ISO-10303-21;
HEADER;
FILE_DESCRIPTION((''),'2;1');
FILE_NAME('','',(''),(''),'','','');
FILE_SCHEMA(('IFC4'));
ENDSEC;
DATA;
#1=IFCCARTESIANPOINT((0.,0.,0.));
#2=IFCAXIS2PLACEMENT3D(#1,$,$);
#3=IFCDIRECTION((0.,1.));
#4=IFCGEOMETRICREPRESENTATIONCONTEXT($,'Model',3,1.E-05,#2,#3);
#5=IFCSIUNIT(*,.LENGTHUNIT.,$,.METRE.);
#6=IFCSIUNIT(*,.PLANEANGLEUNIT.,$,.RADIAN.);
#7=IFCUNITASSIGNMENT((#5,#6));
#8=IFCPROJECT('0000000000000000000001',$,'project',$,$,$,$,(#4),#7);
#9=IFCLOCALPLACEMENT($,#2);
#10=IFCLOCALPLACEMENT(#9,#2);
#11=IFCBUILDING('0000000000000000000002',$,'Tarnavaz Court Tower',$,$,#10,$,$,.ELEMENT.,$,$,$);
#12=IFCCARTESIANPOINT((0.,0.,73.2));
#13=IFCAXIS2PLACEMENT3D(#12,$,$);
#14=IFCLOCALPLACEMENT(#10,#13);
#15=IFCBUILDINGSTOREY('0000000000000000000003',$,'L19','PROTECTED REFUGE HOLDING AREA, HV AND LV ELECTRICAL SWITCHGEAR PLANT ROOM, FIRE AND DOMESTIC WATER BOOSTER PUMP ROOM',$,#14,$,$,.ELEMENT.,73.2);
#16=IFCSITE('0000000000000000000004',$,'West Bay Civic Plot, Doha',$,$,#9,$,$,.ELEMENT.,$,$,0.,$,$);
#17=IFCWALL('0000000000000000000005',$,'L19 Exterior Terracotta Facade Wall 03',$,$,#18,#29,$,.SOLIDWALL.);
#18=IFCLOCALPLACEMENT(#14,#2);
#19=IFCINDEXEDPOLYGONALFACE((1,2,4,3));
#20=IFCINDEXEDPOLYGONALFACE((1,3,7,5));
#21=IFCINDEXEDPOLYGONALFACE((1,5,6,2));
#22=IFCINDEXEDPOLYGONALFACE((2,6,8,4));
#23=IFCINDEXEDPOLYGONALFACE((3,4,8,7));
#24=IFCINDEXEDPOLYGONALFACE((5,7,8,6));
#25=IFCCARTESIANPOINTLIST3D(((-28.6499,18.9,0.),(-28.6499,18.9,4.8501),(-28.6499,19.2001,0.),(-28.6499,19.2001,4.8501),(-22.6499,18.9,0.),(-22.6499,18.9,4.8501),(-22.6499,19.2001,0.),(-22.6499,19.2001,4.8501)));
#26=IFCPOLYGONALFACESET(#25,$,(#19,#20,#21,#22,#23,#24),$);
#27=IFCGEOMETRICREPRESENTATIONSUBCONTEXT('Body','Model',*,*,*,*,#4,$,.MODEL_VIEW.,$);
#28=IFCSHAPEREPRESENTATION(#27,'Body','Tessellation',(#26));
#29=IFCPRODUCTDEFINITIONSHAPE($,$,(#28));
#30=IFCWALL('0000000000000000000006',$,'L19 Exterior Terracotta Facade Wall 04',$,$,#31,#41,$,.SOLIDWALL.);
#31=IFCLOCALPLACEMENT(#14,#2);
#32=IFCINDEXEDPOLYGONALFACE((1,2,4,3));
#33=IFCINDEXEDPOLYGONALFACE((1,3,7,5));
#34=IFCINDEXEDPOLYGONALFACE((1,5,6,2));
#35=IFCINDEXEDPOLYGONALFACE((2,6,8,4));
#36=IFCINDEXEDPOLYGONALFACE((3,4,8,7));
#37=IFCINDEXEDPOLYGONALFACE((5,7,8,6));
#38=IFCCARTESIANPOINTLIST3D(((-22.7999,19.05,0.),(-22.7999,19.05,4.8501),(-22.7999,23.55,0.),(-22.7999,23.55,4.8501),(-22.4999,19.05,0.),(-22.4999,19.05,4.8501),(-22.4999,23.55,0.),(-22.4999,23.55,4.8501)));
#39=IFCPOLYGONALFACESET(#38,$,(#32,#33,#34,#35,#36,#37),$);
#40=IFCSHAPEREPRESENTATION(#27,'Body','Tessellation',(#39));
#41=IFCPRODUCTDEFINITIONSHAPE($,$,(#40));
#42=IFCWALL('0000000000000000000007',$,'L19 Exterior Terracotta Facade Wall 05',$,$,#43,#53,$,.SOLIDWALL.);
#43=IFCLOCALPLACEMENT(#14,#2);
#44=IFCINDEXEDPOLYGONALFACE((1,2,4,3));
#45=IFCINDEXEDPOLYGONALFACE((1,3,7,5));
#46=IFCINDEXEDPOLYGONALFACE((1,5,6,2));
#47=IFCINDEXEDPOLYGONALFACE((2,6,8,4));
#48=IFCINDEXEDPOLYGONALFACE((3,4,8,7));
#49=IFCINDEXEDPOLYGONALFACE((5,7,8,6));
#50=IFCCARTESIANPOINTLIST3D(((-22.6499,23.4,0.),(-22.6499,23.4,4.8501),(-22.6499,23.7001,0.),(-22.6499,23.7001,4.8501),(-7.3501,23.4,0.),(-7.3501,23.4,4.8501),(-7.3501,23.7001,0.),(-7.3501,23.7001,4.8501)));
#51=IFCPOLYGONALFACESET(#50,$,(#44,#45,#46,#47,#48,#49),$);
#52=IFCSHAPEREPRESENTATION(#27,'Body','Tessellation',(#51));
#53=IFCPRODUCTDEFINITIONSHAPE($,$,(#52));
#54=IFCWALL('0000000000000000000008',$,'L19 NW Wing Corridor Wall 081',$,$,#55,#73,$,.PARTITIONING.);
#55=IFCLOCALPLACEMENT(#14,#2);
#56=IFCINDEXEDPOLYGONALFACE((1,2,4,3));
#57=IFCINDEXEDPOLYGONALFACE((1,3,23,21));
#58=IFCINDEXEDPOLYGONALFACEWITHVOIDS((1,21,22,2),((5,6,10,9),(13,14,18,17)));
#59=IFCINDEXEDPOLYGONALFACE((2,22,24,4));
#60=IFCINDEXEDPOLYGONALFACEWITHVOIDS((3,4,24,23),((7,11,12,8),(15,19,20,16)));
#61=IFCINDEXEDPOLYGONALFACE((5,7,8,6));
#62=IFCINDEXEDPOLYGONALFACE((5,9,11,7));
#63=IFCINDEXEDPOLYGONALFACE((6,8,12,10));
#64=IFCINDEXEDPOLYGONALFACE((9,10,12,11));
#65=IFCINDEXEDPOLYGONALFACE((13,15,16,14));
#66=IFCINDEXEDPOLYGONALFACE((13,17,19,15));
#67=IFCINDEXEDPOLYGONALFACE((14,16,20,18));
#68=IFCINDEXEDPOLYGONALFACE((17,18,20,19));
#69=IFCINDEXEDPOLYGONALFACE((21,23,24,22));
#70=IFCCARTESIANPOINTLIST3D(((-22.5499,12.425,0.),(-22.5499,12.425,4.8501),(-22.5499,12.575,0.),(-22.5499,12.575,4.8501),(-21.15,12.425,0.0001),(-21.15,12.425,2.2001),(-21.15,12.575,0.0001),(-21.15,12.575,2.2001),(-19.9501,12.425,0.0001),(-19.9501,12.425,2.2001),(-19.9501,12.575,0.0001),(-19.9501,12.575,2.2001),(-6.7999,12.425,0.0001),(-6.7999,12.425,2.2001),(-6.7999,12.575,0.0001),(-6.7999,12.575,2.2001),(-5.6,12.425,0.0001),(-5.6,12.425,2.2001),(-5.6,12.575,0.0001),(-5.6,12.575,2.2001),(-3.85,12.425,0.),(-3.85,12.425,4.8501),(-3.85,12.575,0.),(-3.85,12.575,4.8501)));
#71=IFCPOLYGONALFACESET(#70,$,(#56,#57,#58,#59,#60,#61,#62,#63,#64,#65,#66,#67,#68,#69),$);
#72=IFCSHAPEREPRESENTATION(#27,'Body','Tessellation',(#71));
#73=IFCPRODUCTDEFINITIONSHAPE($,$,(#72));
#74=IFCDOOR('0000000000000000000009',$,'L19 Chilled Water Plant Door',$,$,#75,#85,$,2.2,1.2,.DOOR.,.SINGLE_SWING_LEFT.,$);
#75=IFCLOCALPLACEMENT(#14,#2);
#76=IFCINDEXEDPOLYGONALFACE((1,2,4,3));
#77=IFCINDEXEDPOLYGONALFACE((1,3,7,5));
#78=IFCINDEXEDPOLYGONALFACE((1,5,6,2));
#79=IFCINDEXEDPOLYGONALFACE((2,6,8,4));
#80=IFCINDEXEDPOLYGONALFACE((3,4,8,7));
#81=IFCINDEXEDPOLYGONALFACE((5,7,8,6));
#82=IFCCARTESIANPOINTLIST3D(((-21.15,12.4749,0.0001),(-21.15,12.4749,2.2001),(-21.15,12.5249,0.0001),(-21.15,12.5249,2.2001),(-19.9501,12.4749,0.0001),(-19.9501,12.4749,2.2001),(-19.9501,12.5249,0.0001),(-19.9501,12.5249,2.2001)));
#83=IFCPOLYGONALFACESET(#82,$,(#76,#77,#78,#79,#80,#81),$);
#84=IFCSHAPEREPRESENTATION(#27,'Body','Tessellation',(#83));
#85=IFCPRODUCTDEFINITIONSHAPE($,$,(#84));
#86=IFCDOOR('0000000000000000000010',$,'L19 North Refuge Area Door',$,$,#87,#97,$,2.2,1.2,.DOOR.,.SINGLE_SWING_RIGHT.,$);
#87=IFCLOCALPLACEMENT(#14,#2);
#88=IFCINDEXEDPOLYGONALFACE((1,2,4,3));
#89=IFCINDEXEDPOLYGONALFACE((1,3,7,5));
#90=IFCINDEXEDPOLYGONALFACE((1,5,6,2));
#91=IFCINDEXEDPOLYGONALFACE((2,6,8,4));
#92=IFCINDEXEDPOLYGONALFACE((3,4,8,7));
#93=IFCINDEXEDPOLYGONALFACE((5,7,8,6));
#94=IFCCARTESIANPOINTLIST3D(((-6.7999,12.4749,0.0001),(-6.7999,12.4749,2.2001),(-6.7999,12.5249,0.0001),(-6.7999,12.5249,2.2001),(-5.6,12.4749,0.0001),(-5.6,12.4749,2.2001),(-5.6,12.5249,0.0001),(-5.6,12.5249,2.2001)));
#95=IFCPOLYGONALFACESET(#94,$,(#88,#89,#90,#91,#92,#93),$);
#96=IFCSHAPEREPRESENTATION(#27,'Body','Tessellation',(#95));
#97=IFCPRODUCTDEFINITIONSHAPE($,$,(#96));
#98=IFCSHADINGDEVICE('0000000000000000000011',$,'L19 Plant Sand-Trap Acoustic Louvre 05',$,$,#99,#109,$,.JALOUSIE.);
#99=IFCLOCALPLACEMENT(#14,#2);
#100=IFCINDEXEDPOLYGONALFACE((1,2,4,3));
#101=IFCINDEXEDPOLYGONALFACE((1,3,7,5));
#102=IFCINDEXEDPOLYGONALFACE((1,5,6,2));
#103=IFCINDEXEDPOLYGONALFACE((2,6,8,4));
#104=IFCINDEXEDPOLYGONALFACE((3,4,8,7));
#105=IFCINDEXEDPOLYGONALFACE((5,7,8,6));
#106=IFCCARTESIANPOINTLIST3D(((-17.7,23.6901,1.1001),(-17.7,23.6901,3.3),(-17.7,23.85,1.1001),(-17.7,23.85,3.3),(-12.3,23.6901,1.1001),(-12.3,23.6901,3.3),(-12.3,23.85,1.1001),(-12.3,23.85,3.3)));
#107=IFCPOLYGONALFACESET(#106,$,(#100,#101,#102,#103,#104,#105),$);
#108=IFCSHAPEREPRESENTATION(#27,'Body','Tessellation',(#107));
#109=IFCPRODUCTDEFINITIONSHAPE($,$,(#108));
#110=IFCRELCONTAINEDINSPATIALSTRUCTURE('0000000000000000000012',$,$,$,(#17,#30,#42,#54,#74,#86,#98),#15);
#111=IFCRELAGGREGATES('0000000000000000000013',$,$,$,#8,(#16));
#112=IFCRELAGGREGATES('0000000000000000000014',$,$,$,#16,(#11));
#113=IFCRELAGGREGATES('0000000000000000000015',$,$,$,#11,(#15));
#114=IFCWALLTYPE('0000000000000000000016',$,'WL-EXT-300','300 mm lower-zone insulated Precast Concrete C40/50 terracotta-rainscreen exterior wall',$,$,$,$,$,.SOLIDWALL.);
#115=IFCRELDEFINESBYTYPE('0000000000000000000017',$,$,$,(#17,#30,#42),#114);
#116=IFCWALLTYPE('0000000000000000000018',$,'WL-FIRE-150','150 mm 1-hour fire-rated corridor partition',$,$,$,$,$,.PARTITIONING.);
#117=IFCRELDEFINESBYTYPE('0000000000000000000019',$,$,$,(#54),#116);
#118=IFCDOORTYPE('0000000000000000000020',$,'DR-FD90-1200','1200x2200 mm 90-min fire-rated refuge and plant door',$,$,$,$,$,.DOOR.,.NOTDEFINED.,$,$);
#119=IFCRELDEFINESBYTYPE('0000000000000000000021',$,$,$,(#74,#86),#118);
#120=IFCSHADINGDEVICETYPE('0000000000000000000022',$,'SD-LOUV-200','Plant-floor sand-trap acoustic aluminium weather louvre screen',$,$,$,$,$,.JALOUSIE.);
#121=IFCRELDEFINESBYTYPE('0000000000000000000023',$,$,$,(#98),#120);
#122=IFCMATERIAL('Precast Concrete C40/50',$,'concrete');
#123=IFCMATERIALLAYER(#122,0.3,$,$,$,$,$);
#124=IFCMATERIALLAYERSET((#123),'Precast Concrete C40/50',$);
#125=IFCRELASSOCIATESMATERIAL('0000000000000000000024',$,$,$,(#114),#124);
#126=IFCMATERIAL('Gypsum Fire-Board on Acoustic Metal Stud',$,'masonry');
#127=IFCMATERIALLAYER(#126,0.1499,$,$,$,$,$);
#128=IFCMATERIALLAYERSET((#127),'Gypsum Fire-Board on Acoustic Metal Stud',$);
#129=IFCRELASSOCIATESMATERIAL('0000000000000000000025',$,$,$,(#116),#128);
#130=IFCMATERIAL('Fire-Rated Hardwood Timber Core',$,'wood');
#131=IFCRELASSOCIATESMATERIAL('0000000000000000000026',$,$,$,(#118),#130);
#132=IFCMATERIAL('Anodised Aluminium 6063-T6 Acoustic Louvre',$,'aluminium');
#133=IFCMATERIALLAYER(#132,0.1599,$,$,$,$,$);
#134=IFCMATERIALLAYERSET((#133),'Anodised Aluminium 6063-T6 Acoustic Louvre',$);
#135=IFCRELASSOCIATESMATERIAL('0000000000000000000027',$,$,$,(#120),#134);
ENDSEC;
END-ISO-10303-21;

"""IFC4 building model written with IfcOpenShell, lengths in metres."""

from ifc_helpers import new_model, si_unit, direction, frame, frame_2d, origin, origin_2d, place, context, subcontext, project, spatial, rectangle, extrude, material, layer, layer_set, type_object, element, fill, save


model = new_model("IFC4")

# Units and contexts
model_context = context("Model", 3, precision=1e-05, world=origin(), true_north=direction((0.0, 1.0)))
body_context = subcontext(model_context, "Body", "Model", "MODEL_VIEW")
ifc_project = project(units=[si_unit("LENGTHUNIT", "METRE"), si_unit("PLANEANGLEUNIT", "RADIAN")], contexts=[model_context])

# Site, building, storey
site_placement = place(None, origin())
site = spatial("IfcSite", under=ifc_project, at=site_placement, Name="West Bay Civic Plot, Doha", CompositionType="ELEMENT", RefElevation=0.0)
building_placement = place(site_placement, origin())
building = spatial("IfcBuilding", under=site, at=building_placement, Name="Tarnavaz Court Tower", CompositionType="ELEMENT")
storey_placement = place(building_placement, frame((0.0, 0.0, 73.2)))
storey = spatial("IfcBuildingStorey", under=building, at=storey_placement, Name="L19", Description="PROTECTED REFUGE HOLDING AREA, HV AND LV ELECTRICAL SWITCHGEAR PLANT ROOM, FIRE AND DOMESTIC WATER BOOSTER PUMP ROOM", CompositionType="ELEMENT", Elevation=73.2)

# Walls
ifc_material_1 = material(Name="Precast Concrete C40/50", Category="concrete")
ifc_layer_1 = layer(ifc_material_1, 0.3)
ifc_layer_set_1 = layer_set([ifc_layer_1], Name="Precast Concrete C40/50")
wall_type_1 = type_object("IfcWallType", Name="WL-EXT-300", Description="300 mm lower-zone insulated Precast Concrete C40/50 terracotta-rainscreen exterior wall", PredefinedType="SOLIDWALL", material=ifc_layer_set_1)
wall_1_placement = place(storey_placement, frame((-28.6499, 19.05, 0.0), z_axis=(0.0, 0.0, 1.0), x_axis=(1.0, 0.0, 0.0)))
element("IfcWall", 1, at=wall_1_placement, inside=storey, type_object=wall_type_1, Name="L19 Exterior Terracotta Facade Wall 03", PredefinedType="SOLIDWALL", context=body_context, shape_type="SweptSolid", body=[
    extrude(rectangle(XDim=6.0, YDim=0.3, at=frame_2d((3.0, 0.0))), origin(), (0.0, 0.0, 1.0), 4.8501),
])
wall_2_placement = place(storey_placement, frame((-22.6499, 19.05, 0.0), z_axis=(0.0, 0.0, 1.0), x_axis=(0.0, 1.0, 0.0)))
element("IfcWall", 2, at=wall_2_placement, inside=storey, type_object=wall_type_1, Name="L19 Exterior Terracotta Facade Wall 04", PredefinedType="SOLIDWALL", context=body_context, shape_type="SweptSolid", body=[
    extrude(rectangle(XDim=4.5, YDim=0.3, at=frame_2d((2.25, 0.0))), origin(), (0.0, 0.0, 1.0), 4.8501),
])
wall_3_placement = place(storey_placement, frame((-22.6499, 23.55, 0.0), z_axis=(0.0, 0.0, 1.0), x_axis=(1.0, 0.0, 0.0)))
element("IfcWall", 3, at=wall_3_placement, inside=storey, type_object=wall_type_1, Name="L19 Exterior Terracotta Facade Wall 05", PredefinedType="SOLIDWALL", context=body_context, shape_type="SweptSolid", body=[
    extrude(rectangle(XDim=15.2998, YDim=0.3, at=frame_2d((7.6499, 0.0))), origin(), (0.0, 0.0, 1.0), 4.8501),
])

# Wall, openings, doors
ifc_material_2 = material(Name="Gypsum Fire-Board on Acoustic Metal Stud", Category="masonry")
ifc_layer_2 = layer(ifc_material_2, 0.1499)
ifc_layer_set_2 = layer_set([ifc_layer_2], Name="Gypsum Fire-Board on Acoustic Metal Stud")
wall_type_2 = type_object("IfcWallType", Name="WL-FIRE-150", Description="150 mm 1-hour fire-rated corridor partition", PredefinedType="PARTITIONING", material=ifc_layer_set_2)
wall_4_placement = place(storey_placement, frame((-22.55, 12.5, 0.0), z_axis=(0.0, 0.0, 1.0), x_axis=(1.0, 0.0, 0.0)))
wall_4 = element("IfcWall", 4, at=wall_4_placement, inside=storey, type_object=wall_type_2, Name="L19 NW Wing Corridor Wall 081", PredefinedType="PARTITIONING", context=body_context, shape_type="SweptSolid", body=[
    extrude(rectangle(XDim=18.7, YDim=0.1499, at=frame_2d((9.3501, 0.0))), origin(), (0.0, 0.0, 1.0), 4.8501),
])
opening_1_placement = place(wall_4_placement, frame((1.3999, 0.0, 0.0)))
opening_1 = element("IfcOpeningElement", 5, at=opening_1_placement, cuts=wall_4, PredefinedType="OPENING", context=body_context, shape_type="SweptSolid", body=[
    extrude(rectangle(XDim=1.2, YDim=2.2, at=frame_2d((0.6001, 1.1001))), frame((0.0, 0.085, 0.0), z_axis=(0.0, -1.0, 0.0), x_axis=(1.0, 0.0, 0.0)), (0.0, 0.0, 1.0), 0.1699),
])
opening_2_placement = place(wall_4_placement, frame((15.75, 0.0, 0.0)))
opening_2 = element("IfcOpeningElement", 6, at=opening_2_placement, cuts=wall_4, PredefinedType="OPENING", context=body_context, shape_type="SweptSolid", body=[
    extrude(rectangle(XDim=1.2, YDim=2.2, at=frame_2d((0.6001, 1.1001))), frame((0.0, 0.085, 0.0), z_axis=(0.0, -1.0, 0.0), x_axis=(1.0, 0.0, 0.0)), (0.0, 0.0, 1.0), 0.1699),
])
ifc_material_3 = material(Name="Fire-Rated Hardwood Timber Core", Category="wood")
door_type = type_object("IfcDoorType", Name="DR-FD90-1200", Description="1200x2200 mm 90-min fire-rated refuge and plant door", OperationType="NOTDEFINED", PredefinedType="DOOR", material=ifc_material_3)
door_1_placement = place(opening_1_placement, origin())
door_1 = element("IfcDoor", 7, at=door_1_placement, inside=storey, type_object=door_type, Name="L19 Chilled Water Plant Door", OperationType="SINGLE_SWING_LEFT", OverallHeight=2.2, OverallWidth=1.2, PredefinedType="DOOR", context=body_context, shape_type="SweptSolid", body=[
    extrude(rectangle(XDim=1.2, YDim=2.2, at=frame_2d((0.6001, 1.1001))), frame((0.0, 0.0249, 0.0), z_axis=(0.0, -1.0, 0.0), x_axis=(1.0, 0.0, 0.0)), (0.0, 0.0, 1.0), 0.05),
])
fill(opening_1, door_1)
door_2_placement = place(opening_2_placement, origin())
door_2 = element("IfcDoor", 8, at=door_2_placement, inside=storey, type_object=door_type, Name="L19 North Refuge Area Door", OperationType="SINGLE_SWING_RIGHT", OverallHeight=2.2, OverallWidth=1.2, PredefinedType="DOOR", context=body_context, shape_type="SweptSolid", body=[
    extrude(rectangle(XDim=1.2, YDim=2.2, at=frame_2d((0.6001, 1.1001))), frame((0.0, 0.0249, 0.0), z_axis=(0.0, -1.0, 0.0), x_axis=(1.0, 0.0, 0.0)), (0.0, 0.0, 1.0), 0.05),
])
fill(opening_2, door_2)

# Shading device
ifc_material_4 = material(Name="Anodised Aluminium 6063-T6 Acoustic Louvre", Category="aluminium")
ifc_layer_3 = layer(ifc_material_4, 0.1599)
ifc_layer_set_3 = layer_set([ifc_layer_3], Name="Anodised Aluminium 6063-T6 Acoustic Louvre")
shading_device_type = type_object("IfcShadingDeviceType", Name="SD-LOUV-200", Description="Plant-floor sand-trap acoustic aluminium weather louvre screen", PredefinedType="JALOUSIE", material=ifc_layer_set_3)
shading_device_placement = place(storey_placement, frame((-15.0, 23.77, 1.1001), z_axis=(0.0, 0.0, 1.0), x_axis=(1.0, 0.0, 0.0)))
element("IfcShadingDevice", 9, at=shading_device_placement, inside=storey, type_object=shading_device_type, Name="L19 Plant Sand-Trap Acoustic Louvre 05", PredefinedType="JALOUSIE", context=body_context, shape_type="SweptSolid", body=[
    extrude(rectangle(XDim=5.3999, YDim=0.1599, at=origin_2d()), origin(), (0.0, 0.0, 1.0), 2.2),
])

save(model, "model.ifc")
